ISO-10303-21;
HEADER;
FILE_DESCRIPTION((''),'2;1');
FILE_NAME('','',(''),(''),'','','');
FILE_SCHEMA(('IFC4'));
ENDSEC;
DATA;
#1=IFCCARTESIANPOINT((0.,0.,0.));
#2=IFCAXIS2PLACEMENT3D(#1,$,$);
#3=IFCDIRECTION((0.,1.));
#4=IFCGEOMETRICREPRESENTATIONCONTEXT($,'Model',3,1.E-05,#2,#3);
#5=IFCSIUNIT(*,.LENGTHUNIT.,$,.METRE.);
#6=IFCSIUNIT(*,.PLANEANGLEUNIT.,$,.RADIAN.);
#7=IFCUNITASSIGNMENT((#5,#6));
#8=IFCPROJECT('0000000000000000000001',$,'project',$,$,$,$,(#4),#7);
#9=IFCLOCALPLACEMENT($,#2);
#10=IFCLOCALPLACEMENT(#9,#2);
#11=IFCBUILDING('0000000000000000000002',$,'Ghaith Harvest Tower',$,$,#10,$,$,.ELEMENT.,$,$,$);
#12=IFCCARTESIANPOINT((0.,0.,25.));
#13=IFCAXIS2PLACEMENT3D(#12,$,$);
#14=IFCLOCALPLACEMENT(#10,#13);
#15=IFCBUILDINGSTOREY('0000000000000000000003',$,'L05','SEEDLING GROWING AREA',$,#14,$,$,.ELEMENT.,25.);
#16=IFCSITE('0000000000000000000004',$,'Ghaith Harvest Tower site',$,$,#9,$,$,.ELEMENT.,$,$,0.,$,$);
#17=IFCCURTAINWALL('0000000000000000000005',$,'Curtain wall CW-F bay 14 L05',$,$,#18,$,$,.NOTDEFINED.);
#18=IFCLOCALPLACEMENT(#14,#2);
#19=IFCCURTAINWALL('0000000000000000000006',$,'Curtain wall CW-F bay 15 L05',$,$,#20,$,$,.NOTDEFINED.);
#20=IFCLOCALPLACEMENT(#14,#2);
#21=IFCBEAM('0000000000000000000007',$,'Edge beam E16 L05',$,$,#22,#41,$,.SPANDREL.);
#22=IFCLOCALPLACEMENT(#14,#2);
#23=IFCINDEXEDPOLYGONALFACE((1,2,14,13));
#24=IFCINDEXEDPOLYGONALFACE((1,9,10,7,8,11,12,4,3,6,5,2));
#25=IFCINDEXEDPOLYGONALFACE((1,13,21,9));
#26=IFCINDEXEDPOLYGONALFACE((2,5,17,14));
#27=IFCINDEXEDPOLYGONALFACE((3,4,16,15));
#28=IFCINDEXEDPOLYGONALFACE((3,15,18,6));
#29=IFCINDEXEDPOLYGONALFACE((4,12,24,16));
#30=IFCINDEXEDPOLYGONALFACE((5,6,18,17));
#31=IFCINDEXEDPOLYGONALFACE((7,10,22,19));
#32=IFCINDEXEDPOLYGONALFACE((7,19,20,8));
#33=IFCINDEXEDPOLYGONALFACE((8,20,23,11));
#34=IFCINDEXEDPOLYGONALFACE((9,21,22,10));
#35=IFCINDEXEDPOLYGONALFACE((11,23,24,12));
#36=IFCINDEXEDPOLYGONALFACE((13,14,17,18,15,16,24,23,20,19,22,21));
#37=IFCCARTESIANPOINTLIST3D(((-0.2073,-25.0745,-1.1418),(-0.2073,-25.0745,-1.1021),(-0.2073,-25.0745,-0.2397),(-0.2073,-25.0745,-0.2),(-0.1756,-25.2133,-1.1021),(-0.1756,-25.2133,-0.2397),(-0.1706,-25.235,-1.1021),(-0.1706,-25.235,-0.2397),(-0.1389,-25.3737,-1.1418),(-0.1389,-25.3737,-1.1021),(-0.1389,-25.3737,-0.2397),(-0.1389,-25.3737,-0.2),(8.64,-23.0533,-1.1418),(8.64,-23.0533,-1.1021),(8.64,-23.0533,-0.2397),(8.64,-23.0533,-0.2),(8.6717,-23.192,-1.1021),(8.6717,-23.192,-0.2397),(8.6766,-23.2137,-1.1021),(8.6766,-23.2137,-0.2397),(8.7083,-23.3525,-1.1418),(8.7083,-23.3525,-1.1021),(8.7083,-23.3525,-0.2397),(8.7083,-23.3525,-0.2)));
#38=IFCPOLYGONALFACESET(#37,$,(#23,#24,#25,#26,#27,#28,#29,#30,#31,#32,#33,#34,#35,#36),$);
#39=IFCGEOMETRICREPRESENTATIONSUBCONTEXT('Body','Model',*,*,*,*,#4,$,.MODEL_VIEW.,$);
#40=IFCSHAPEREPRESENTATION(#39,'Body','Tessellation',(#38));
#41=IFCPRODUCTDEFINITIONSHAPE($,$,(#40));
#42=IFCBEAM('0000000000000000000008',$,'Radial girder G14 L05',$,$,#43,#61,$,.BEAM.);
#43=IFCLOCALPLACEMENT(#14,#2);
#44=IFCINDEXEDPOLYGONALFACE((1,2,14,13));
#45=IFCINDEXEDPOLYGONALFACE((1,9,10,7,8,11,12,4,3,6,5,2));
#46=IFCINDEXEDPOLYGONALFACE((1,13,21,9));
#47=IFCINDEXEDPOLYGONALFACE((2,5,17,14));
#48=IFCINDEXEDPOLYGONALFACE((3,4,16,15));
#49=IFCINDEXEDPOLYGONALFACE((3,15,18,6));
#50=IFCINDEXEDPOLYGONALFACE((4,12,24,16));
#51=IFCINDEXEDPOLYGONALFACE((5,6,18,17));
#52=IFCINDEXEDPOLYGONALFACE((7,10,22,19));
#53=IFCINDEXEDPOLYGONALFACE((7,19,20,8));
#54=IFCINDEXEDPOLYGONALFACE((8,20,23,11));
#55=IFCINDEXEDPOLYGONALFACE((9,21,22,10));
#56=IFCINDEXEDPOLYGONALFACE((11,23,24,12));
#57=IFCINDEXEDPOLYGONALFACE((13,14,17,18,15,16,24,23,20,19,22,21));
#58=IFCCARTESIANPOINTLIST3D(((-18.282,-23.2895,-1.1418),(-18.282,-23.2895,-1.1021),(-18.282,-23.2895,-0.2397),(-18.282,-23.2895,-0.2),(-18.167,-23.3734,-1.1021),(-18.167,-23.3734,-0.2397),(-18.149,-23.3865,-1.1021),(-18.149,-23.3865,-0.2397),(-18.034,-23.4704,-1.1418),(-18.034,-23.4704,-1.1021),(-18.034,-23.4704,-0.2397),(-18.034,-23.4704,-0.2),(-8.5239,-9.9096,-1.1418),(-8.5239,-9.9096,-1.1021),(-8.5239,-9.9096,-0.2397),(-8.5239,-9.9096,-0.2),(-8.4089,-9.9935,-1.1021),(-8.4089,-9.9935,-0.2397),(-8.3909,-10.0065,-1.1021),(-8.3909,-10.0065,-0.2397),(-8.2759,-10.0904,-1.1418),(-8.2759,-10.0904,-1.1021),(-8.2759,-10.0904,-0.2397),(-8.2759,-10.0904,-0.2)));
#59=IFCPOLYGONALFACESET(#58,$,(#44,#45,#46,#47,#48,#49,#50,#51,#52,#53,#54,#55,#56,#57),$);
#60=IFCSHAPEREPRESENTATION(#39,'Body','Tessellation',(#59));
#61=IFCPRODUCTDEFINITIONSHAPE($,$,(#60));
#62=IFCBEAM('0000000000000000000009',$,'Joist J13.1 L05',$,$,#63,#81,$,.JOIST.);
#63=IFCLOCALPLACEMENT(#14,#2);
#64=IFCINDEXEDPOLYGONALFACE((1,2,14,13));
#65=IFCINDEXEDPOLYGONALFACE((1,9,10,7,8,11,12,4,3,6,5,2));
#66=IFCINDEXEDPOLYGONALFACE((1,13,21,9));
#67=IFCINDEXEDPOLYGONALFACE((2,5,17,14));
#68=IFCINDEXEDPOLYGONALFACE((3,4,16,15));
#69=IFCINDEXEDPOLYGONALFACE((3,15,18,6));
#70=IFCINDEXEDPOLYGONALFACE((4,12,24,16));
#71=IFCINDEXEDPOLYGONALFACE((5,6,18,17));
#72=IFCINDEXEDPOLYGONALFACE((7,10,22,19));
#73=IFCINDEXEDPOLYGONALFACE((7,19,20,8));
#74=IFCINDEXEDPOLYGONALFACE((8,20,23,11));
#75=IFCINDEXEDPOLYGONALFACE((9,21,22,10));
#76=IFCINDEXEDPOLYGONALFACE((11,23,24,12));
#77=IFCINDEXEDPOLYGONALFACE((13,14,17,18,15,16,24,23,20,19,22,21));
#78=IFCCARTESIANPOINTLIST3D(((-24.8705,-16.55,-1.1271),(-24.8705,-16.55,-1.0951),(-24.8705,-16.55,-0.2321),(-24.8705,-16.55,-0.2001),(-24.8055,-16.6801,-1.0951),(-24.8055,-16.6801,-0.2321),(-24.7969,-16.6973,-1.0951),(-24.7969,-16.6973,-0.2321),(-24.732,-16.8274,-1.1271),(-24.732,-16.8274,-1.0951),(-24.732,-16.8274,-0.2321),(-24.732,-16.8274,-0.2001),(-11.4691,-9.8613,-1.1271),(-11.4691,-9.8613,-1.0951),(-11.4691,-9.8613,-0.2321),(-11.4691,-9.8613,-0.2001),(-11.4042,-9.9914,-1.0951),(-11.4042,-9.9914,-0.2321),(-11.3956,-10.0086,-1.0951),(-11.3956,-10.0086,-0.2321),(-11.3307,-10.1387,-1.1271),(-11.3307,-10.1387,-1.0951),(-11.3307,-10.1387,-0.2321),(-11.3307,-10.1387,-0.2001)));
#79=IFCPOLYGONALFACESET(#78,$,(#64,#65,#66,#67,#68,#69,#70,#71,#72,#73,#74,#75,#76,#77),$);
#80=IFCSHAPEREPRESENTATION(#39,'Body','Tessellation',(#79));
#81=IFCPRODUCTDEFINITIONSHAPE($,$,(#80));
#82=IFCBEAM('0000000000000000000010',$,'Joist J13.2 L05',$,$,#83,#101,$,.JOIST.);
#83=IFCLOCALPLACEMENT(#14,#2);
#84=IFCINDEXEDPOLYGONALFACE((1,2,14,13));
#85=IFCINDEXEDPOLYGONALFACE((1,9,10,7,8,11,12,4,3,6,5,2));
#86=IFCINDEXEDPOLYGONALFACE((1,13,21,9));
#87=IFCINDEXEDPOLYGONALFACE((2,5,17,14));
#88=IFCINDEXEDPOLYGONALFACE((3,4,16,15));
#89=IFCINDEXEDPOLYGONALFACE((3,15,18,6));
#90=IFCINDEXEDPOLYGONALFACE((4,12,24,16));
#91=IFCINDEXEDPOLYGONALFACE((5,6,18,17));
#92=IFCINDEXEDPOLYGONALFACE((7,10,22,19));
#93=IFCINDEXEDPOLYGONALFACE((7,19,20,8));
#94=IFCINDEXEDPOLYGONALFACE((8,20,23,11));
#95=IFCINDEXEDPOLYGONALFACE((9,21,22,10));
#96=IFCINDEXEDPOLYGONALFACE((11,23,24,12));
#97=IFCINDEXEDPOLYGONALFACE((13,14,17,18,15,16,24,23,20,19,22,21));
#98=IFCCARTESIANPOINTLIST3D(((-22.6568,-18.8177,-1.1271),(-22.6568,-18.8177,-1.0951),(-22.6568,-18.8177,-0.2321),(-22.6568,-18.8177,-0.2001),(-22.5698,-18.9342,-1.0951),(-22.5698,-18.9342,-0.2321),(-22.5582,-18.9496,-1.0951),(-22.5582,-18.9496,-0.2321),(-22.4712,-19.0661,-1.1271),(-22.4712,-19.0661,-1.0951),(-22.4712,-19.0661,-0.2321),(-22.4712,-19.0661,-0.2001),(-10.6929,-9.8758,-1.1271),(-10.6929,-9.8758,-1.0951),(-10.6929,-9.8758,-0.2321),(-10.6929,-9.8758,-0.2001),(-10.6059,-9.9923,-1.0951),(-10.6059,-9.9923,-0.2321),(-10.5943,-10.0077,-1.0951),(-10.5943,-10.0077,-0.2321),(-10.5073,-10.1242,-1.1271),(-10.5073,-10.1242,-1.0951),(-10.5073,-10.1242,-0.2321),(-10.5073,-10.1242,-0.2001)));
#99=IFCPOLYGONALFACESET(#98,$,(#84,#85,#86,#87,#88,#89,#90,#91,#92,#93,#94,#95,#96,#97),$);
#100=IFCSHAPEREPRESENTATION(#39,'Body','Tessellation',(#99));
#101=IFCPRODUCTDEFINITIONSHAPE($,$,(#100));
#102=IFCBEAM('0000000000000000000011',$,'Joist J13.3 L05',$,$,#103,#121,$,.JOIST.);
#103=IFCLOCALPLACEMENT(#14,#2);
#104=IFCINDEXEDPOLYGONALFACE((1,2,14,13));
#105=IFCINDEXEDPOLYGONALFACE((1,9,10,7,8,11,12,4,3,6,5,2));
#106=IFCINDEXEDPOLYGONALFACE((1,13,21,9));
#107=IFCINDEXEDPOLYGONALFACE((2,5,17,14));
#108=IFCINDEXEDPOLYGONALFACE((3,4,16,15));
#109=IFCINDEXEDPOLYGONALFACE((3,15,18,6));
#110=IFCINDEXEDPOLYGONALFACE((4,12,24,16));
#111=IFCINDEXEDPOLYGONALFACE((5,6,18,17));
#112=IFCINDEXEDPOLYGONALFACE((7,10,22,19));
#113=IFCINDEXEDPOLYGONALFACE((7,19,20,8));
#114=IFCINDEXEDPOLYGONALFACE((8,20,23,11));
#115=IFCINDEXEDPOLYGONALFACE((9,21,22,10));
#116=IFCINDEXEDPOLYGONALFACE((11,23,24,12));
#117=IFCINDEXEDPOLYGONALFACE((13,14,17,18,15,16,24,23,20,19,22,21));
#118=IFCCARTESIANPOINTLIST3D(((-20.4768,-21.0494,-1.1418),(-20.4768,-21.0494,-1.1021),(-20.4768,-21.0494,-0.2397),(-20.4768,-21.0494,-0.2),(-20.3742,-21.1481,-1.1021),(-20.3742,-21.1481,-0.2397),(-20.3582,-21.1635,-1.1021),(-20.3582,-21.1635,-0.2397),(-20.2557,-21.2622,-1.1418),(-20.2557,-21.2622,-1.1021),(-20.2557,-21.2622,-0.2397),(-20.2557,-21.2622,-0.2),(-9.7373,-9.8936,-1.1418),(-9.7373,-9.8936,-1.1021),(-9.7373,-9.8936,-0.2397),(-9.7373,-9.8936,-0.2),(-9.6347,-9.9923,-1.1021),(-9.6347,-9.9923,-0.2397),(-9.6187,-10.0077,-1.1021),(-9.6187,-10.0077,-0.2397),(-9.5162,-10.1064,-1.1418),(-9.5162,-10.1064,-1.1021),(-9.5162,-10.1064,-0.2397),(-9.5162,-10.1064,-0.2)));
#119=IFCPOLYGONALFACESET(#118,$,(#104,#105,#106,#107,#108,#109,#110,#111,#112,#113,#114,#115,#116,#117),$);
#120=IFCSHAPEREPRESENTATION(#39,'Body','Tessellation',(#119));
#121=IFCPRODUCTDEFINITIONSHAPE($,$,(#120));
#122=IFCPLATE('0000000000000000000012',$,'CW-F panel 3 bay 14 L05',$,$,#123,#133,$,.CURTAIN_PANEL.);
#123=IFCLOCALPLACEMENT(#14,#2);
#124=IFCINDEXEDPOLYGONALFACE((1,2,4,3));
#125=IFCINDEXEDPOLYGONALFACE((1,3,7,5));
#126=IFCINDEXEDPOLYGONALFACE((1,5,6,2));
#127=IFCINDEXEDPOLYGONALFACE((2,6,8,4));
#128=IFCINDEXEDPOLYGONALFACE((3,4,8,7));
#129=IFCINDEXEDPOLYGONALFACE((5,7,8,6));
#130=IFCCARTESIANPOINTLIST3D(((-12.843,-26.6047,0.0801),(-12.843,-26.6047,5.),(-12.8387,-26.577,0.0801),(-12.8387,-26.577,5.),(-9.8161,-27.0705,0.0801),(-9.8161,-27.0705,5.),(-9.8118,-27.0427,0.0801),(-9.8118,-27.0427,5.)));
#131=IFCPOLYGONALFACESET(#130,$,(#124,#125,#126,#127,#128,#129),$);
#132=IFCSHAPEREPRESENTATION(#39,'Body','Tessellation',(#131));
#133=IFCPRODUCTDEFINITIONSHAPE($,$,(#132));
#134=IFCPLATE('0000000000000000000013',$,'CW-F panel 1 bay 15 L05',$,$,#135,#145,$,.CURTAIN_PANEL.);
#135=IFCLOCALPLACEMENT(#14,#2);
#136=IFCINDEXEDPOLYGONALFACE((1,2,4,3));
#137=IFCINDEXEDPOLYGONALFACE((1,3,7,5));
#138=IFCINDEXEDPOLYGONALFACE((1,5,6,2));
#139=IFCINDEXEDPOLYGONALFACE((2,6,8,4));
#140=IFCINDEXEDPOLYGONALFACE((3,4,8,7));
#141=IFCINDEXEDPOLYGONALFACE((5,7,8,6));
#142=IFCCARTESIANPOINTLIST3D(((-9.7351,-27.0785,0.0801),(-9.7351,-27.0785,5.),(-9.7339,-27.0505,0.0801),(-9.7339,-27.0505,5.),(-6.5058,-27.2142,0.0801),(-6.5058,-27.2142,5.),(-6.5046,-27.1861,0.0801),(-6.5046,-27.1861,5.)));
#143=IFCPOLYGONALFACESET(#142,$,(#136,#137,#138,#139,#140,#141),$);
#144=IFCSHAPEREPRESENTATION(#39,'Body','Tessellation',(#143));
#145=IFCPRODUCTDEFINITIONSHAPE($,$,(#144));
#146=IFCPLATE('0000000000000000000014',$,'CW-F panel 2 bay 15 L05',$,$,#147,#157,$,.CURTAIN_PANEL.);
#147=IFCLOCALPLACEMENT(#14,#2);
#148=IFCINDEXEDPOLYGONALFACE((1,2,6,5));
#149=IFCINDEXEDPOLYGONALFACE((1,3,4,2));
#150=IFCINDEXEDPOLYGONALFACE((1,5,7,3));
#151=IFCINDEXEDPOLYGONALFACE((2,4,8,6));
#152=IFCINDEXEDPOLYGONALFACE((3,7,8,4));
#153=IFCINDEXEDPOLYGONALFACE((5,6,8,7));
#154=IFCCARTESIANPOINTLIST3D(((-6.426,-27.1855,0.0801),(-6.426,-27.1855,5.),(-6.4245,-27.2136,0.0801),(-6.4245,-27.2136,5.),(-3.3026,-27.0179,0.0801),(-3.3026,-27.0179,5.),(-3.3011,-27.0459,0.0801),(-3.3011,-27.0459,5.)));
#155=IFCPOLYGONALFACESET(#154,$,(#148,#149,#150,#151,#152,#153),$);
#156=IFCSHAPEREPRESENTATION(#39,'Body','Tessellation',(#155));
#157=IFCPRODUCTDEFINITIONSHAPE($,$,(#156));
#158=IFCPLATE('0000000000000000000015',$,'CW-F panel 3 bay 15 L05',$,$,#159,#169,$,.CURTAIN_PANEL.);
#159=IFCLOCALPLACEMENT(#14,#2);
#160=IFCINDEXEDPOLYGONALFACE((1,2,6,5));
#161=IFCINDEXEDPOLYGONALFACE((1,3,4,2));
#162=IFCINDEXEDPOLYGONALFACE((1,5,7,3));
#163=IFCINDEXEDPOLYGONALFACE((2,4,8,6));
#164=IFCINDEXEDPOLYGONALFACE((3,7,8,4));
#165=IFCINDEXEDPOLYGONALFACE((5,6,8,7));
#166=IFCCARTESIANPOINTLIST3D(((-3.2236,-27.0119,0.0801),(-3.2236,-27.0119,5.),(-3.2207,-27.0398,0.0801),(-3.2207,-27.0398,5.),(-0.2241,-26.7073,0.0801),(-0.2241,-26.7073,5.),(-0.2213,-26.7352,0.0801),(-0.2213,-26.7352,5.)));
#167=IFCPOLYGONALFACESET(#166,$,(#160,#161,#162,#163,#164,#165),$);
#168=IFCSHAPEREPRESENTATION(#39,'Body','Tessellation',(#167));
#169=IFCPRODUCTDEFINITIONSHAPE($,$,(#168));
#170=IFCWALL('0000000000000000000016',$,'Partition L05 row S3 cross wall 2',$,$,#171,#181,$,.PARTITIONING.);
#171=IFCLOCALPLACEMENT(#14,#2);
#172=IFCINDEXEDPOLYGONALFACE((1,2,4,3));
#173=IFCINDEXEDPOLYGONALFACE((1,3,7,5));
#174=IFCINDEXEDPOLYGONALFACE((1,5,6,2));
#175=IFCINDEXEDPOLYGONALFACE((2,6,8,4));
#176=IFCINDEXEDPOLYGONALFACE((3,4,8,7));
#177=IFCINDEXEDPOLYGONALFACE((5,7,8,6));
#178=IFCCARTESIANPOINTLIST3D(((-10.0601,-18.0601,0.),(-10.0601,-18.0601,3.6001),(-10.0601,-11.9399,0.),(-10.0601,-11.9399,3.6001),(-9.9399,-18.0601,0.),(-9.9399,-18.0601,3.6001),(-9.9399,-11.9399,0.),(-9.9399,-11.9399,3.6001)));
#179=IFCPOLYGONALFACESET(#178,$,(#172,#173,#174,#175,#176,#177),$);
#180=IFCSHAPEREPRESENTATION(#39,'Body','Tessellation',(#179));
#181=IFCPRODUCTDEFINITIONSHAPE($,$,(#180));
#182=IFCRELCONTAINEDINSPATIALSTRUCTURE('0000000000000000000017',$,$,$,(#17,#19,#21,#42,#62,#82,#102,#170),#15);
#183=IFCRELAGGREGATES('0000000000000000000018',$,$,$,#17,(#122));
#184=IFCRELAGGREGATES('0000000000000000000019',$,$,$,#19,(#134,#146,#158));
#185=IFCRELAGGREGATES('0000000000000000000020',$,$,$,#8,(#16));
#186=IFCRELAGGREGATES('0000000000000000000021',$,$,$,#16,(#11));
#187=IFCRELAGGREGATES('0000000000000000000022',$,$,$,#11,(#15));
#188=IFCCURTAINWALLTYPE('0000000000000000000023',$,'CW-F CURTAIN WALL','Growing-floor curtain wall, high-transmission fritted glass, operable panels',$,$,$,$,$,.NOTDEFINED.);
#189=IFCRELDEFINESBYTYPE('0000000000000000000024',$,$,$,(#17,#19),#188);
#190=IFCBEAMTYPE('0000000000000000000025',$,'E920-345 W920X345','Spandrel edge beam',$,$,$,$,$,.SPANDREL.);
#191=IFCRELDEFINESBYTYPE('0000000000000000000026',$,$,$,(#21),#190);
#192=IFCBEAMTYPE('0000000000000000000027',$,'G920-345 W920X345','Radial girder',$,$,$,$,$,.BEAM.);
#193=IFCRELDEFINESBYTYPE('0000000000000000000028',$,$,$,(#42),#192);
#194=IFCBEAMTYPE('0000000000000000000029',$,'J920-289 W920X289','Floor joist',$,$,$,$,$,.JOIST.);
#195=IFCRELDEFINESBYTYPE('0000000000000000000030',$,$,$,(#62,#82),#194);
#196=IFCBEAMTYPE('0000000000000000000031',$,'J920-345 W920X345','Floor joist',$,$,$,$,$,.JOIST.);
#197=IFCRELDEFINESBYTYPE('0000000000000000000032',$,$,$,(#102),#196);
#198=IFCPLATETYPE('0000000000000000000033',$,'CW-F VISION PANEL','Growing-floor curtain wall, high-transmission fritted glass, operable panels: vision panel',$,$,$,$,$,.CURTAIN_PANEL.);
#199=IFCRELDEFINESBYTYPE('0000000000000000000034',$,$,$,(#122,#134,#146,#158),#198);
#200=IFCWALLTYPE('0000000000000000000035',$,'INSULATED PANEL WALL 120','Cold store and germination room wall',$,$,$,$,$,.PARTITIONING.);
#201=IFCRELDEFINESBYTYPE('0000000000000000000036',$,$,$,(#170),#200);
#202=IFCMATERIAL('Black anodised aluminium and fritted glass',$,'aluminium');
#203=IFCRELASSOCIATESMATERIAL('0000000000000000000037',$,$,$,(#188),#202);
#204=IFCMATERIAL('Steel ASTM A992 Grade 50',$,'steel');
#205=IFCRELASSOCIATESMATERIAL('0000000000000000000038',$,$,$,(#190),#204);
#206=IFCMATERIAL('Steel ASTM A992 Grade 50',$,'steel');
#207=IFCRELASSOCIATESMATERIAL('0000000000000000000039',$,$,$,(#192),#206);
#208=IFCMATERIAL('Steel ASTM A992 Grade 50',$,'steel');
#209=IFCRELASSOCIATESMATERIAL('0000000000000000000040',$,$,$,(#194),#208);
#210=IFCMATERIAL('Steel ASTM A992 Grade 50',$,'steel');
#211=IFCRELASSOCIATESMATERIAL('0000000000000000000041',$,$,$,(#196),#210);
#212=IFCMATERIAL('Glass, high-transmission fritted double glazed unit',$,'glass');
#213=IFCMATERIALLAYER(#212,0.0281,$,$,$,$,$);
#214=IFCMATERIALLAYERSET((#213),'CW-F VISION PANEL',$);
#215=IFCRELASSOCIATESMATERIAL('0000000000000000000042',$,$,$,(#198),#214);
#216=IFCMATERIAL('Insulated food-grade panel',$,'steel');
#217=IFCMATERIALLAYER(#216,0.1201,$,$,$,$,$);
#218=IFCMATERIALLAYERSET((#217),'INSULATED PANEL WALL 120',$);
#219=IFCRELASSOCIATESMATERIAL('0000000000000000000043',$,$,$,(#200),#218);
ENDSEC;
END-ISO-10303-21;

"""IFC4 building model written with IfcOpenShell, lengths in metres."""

from ifc_helpers import new_model, si_unit, direction, frame, frame_2d, origin, origin_2d, place, context, subcontext, project, spatial, rectangle, i_section, extrude, material, layer, layer_set, material_profile, profile_set, type_object, element, aggregate, save


model = new_model("IFC4")

# Units and contexts
model_context = context("Model", 3, precision=1e-05, world=origin(), true_north=direction((0.0, 1.0)))
body_context = subcontext(model_context, "Body", "Model", "MODEL_VIEW")
ifc_project = project(units=[si_unit("LENGTHUNIT", "METRE"), si_unit("PLANEANGLEUNIT", "RADIAN")], contexts=[model_context])

# Site, building, storey
site_placement = place(None, origin())
site = spatial("IfcSite", under=ifc_project, at=site_placement, Name="Ghaith Harvest Tower site", CompositionType="ELEMENT", RefElevation=0.0)
building_placement = place(site_placement, origin())
building = spatial("IfcBuilding", under=site, at=building_placement, Name="Ghaith Harvest Tower", CompositionType="ELEMENT")
storey_placement = place(building_placement, frame((0.0, 0.0, 25.0)))
storey = spatial("IfcBuildingStorey", under=building, at=storey_placement, Name="L05", Description="SEEDLING GROWING AREA", CompositionType="ELEMENT", Elevation=25.0)

# Curtain wall
ifc_material_1 = material(Name="Black anodised aluminium and fritted glass", Category="aluminium")
curtain_wall_type = type_object("IfcCurtainWallType", Name="CW-F CURTAIN WALL", Description="Growing-floor curtain wall, high-transmission fritted glass, operable panels", PredefinedType="NOTDEFINED", material=ifc_material_1)
curtain_wall_1_placement = place(storey_placement, origin())
curtain_wall_1 = element("IfcCurtainWall", 1, at=curtain_wall_1_placement, inside=storey, type_object=curtain_wall_type, Name="Curtain wall CW-F bay 14 L05", PredefinedType="NOTDEFINED")

# Curtain wall
curtain_wall_2_placement = place(storey_placement, origin())
curtain_wall_2 = element("IfcCurtainWall", 2, at=curtain_wall_2_placement, inside=storey, type_object=curtain_wall_type, Name="Curtain wall CW-F bay 15 L05", PredefinedType="NOTDEFINED")

# Beams
ifc_material_2 = material(Name="Steel ASTM A992 Grade 50", Category="steel")
ifc_material_profile_1 = material_profile(ifc_material_2, i_section(OverallWidth=0.3069, OverallDepth=0.9419, WebThickness=0.0222, FlangeThickness=0.0398, at=origin_2d()), Name="W920X345")
ifc_profile_set_1 = profile_set([ifc_material_profile_1], Name="Steel ASTM A992 Grade 50")
beam_type_1 = type_object("IfcBeamType", Name="E920-345 W920X345", Description="Spandrel edge beam", PredefinedType="SPANDREL", material=ifc_profile_set_1)
beam_1_placement = place(storey_placement, frame((-0.1731, -25.2241, -0.6709), z_axis=(0.974882, 0.222723, 0.0), x_axis=(-0.222723, 0.974882, 0.0)))
element("IfcBeam", 3, at=beam_1_placement, inside=storey, type_object=beam_type_1, Name="Edge beam E16 L05", PredefinedType="SPANDREL", context=body_context, shape_type="SweptSolid", body=[
    extrude(i_section(OverallWidth=0.3069, OverallDepth=0.9419, WebThickness=0.0222, FlangeThickness=0.0398, at=origin_2d()), origin(), (0.0, 0.0, 1.0), 9.0752),
])
ifc_material_3 = material(Name="Steel ASTM A992 Grade 50", Category="steel")
ifc_material_profile_2 = material_profile(ifc_material_3, i_section(OverallWidth=0.3069, OverallDepth=0.9419, WebThickness=0.0222, FlangeThickness=0.0398, at=origin_2d()), Name="W920X345")
ifc_profile_set_2 = profile_set([ifc_material_profile_2], Name="Steel ASTM A992 Grade 50")
beam_type_2 = type_object("IfcBeamType", Name="G920-345 W920X345", Description="Radial girder", PredefinedType="BEAM", material=ifc_profile_set_2)
beam_2_placement = place(storey_placement, frame((-8.3999, -10.0, -0.6709), z_axis=(-0.589247, -0.807953, 0.0), x_axis=(0.807953, -0.589247, 0.0)))
element("IfcBeam", 4, at=beam_2_placement, inside=storey, type_object=beam_type_2, Name="Radial girder G14 L05", PredefinedType="BEAM", context=body_context, shape_type="SweptSolid", body=[
    extrude(i_section(OverallWidth=0.3069, OverallDepth=0.9419, WebThickness=0.0222, FlangeThickness=0.0398, at=origin_2d()), origin(), (0.0, 0.0, 1.0), 16.5603),
])
ifc_material_4 = material(Name="Steel ASTM A992 Grade 50", Category="steel")
ifc_material_profile_3 = material_profile(ifc_material_4, i_section(OverallWidth=0.3101, OverallDepth=0.927, WebThickness=0.0193, FlangeThickness=0.032, at=origin_2d()), Name="W920X289")
ifc_profile_set_3 = profile_set([ifc_material_profile_3], Name="Steel ASTM A992 Grade 50")
beam_type_3 = type_object("IfcBeamType", Name="J920-289 W920X289", Description="Floor joist", PredefinedType="JOIST", material=ifc_profile_set_3)
beam_3_placement = place(storey_placement, frame((-11.3999, -10.0, -0.6636), z_axis=(-0.894746, -0.446575, 0.0), x_axis=(0.446575, -0.894746, 0.0)))
element("IfcBeam", 5, at=beam_3_placement, inside=storey, type_object=beam_type_3, Name="Joist J13.1 L05", PredefinedType="JOIST", context=body_context, shape_type="SweptSolid", body=[
    extrude(i_section(OverallWidth=0.3101, OverallDepth=0.927, WebThickness=0.0193, FlangeThickness=0.032, at=origin_2d()), origin(), (0.0, 0.0, 1.0), 14.9778),
])
beam_4_placement = place(storey_placement, frame((-10.6001, -10.0, -0.6636), z_axis=(-0.800995, -0.598671, 0.0), x_axis=(0.598671, -0.800995, 0.0)))
element("IfcBeam", 6, at=beam_4_placement, inside=storey, type_object=beam_type_3, Name="Joist J13.2 L05", PredefinedType="JOIST", context=body_context, shape_type="SweptSolid", body=[
    extrude(i_section(OverallWidth=0.3101, OverallDepth=0.927, WebThickness=0.0193, FlangeThickness=0.032, at=origin_2d()), origin(), (0.0, 0.0, 1.0), 14.9363),
])
ifc_material_5 = material(Name="Steel ASTM A992 Grade 50", Category="steel")
ifc_material_profile_4 = material_profile(ifc_material_5, i_section(OverallWidth=0.3069, OverallDepth=0.9419, WebThickness=0.0222, FlangeThickness=0.0398, at=origin_2d()), Name="W920X345")
ifc_profile_set_4 = profile_set([ifc_material_profile_4], Name="Steel ASTM A992 Grade 50")
beam_type_4 = type_object("IfcBeamType", Name="J920-345 W920X345", Description="Floor joist", PredefinedType="JOIST", material=ifc_profile_set_4)
beam_5_placement = place(storey_placement, frame((-9.6267, -10.0, -0.6709), z_axis=(-0.693538, -0.72042, 0.0), x_axis=(0.72042, -0.693538, 0.0)))
element("IfcBeam", 7, at=beam_5_placement, inside=storey, type_object=beam_type_4, Name="Joist J13.3 L05", PredefinedType="JOIST", context=body_context, shape_type="SweptSolid", body=[
    extrude(i_section(OverallWidth=0.3069, OverallDepth=0.9419, WebThickness=0.0222, FlangeThickness=0.0398, at=origin_2d()), origin(), (0.0, 0.0, 1.0), 15.4851),
])

# Plates
ifc_material_6 = material(Name="Glass, high-transmission fritted double glazed unit", Category="glass")
ifc_layer_1 = layer(ifc_material_6, 0.0281)
ifc_layer_set_1 = layer_set([ifc_layer_1], Name="CW-F VISION PANEL")
plate_type = type_object("IfcPlateType", Name="CW-F VISION PANEL", Description="Growing-floor curtain wall, high-transmission fritted glass, operable panels: vision panel", PredefinedType="CURTAIN_PANEL", material=ifc_layer_set_1)
plate_1_placement = place(storey_placement, frame((-11.3274, -26.8237, 0.0801), z_axis=(0.0, 0.0, 1.0), x_axis=(0.98837, -0.152069, 0.0)))
plate_1 = element("IfcPlate", 8, at=plate_1_placement, type_object=plate_type, Name="CW-F panel 3 bay 14 L05", PredefinedType="CURTAIN_PANEL", context=body_context, shape_type="SweptSolid", body=[
    extrude(rectangle(XDim=3.0625, YDim=0.0281, at=origin_2d()), origin(), (0.0, 0.0, 1.0), 4.9199),
])
aggregate(curtain_wall_1, [plate_1])
plate_2_placement = place(storey_placement, frame((-8.1199, -27.1323, 0.0801), z_axis=(0.0, 0.0, 1.0), x_axis=(0.999119, -0.041967, 0.0)))
plate_2 = element("IfcPlate", 9, at=plate_2_placement, type_object=plate_type, Name="CW-F panel 1 bay 15 L05", PredefinedType="CURTAIN_PANEL", context=body_context, shape_type="SweptSolid", body=[
    extrude(rectangle(XDim=3.2322, YDim=0.0281, at=origin_2d()), origin(), (0.0, 0.0, 1.0), 4.9199),
])
plate_3_placement = place(storey_placement, frame((-4.8635, -27.1157, 0.0801), z_axis=(0.0, 0.0, 1.0), x_axis=(0.998563, 0.0536, 0.0)))
plate_3 = element("IfcPlate", 10, at=plate_3_placement, type_object=plate_type, Name="CW-F panel 2 bay 15 L05", PredefinedType="CURTAIN_PANEL", context=body_context, shape_type="SweptSolid", body=[
    extrude(rectangle(XDim=3.1279, YDim=0.0281, at=origin_2d()), origin(), (0.0, 0.0, 1.0), 4.9199),
])
plate_4_placement = place(storey_placement, frame((-1.7224, -26.8735, 0.0801), z_axis=(0.0, 0.0, 1.0), x_axis=(0.994882, 0.101041, 0.0)))
plate_4 = element("IfcPlate", 11, at=plate_4_placement, type_object=plate_type, Name="CW-F panel 3 bay 15 L05", PredefinedType="CURTAIN_PANEL", context=body_context, shape_type="SweptSolid", body=[
    extrude(rectangle(XDim=3.0149, YDim=0.0281, at=origin_2d()), origin(), (0.0, 0.0, 1.0), 4.9199),
])
aggregate(curtain_wall_2, [plate_2, plate_3, plate_4])

# Wall
ifc_material_7 = material(Name="Insulated food-grade panel", Category="steel")
ifc_layer_2 = layer(ifc_material_7, 0.1201)
ifc_layer_set_2 = layer_set([ifc_layer_2], Name="INSULATED PANEL WALL 120")
wall_type = type_object("IfcWallType", Name="INSULATED PANEL WALL 120", Description="Cold store and germination room wall", PredefinedType="PARTITIONING", material=ifc_layer_set_2)
for number, where, z_axis, x_axis, name in (
    (12, (-10.0, -11.9399, 0.0), (0.0, 0.0, 1.0), (0.0, -1.0, 0.0), "Partition L05 row S3 cross wall 2"),
):
    element("IfcWall", number, at=place(storey_placement, frame(where, z_axis=z_axis, x_axis=x_axis)), inside=storey, type_object=wall_type, Name=name, PredefinedType="PARTITIONING", context=body_context, shape_type="SweptSolid", body=[
        extrude(rectangle(XDim=6.1201, YDim=0.1201, at=frame_2d((3.0601, 0.0))), origin(), (0.0, 0.0, 1.0), 3.6001),
    ])

save(model, "model.ifc")
